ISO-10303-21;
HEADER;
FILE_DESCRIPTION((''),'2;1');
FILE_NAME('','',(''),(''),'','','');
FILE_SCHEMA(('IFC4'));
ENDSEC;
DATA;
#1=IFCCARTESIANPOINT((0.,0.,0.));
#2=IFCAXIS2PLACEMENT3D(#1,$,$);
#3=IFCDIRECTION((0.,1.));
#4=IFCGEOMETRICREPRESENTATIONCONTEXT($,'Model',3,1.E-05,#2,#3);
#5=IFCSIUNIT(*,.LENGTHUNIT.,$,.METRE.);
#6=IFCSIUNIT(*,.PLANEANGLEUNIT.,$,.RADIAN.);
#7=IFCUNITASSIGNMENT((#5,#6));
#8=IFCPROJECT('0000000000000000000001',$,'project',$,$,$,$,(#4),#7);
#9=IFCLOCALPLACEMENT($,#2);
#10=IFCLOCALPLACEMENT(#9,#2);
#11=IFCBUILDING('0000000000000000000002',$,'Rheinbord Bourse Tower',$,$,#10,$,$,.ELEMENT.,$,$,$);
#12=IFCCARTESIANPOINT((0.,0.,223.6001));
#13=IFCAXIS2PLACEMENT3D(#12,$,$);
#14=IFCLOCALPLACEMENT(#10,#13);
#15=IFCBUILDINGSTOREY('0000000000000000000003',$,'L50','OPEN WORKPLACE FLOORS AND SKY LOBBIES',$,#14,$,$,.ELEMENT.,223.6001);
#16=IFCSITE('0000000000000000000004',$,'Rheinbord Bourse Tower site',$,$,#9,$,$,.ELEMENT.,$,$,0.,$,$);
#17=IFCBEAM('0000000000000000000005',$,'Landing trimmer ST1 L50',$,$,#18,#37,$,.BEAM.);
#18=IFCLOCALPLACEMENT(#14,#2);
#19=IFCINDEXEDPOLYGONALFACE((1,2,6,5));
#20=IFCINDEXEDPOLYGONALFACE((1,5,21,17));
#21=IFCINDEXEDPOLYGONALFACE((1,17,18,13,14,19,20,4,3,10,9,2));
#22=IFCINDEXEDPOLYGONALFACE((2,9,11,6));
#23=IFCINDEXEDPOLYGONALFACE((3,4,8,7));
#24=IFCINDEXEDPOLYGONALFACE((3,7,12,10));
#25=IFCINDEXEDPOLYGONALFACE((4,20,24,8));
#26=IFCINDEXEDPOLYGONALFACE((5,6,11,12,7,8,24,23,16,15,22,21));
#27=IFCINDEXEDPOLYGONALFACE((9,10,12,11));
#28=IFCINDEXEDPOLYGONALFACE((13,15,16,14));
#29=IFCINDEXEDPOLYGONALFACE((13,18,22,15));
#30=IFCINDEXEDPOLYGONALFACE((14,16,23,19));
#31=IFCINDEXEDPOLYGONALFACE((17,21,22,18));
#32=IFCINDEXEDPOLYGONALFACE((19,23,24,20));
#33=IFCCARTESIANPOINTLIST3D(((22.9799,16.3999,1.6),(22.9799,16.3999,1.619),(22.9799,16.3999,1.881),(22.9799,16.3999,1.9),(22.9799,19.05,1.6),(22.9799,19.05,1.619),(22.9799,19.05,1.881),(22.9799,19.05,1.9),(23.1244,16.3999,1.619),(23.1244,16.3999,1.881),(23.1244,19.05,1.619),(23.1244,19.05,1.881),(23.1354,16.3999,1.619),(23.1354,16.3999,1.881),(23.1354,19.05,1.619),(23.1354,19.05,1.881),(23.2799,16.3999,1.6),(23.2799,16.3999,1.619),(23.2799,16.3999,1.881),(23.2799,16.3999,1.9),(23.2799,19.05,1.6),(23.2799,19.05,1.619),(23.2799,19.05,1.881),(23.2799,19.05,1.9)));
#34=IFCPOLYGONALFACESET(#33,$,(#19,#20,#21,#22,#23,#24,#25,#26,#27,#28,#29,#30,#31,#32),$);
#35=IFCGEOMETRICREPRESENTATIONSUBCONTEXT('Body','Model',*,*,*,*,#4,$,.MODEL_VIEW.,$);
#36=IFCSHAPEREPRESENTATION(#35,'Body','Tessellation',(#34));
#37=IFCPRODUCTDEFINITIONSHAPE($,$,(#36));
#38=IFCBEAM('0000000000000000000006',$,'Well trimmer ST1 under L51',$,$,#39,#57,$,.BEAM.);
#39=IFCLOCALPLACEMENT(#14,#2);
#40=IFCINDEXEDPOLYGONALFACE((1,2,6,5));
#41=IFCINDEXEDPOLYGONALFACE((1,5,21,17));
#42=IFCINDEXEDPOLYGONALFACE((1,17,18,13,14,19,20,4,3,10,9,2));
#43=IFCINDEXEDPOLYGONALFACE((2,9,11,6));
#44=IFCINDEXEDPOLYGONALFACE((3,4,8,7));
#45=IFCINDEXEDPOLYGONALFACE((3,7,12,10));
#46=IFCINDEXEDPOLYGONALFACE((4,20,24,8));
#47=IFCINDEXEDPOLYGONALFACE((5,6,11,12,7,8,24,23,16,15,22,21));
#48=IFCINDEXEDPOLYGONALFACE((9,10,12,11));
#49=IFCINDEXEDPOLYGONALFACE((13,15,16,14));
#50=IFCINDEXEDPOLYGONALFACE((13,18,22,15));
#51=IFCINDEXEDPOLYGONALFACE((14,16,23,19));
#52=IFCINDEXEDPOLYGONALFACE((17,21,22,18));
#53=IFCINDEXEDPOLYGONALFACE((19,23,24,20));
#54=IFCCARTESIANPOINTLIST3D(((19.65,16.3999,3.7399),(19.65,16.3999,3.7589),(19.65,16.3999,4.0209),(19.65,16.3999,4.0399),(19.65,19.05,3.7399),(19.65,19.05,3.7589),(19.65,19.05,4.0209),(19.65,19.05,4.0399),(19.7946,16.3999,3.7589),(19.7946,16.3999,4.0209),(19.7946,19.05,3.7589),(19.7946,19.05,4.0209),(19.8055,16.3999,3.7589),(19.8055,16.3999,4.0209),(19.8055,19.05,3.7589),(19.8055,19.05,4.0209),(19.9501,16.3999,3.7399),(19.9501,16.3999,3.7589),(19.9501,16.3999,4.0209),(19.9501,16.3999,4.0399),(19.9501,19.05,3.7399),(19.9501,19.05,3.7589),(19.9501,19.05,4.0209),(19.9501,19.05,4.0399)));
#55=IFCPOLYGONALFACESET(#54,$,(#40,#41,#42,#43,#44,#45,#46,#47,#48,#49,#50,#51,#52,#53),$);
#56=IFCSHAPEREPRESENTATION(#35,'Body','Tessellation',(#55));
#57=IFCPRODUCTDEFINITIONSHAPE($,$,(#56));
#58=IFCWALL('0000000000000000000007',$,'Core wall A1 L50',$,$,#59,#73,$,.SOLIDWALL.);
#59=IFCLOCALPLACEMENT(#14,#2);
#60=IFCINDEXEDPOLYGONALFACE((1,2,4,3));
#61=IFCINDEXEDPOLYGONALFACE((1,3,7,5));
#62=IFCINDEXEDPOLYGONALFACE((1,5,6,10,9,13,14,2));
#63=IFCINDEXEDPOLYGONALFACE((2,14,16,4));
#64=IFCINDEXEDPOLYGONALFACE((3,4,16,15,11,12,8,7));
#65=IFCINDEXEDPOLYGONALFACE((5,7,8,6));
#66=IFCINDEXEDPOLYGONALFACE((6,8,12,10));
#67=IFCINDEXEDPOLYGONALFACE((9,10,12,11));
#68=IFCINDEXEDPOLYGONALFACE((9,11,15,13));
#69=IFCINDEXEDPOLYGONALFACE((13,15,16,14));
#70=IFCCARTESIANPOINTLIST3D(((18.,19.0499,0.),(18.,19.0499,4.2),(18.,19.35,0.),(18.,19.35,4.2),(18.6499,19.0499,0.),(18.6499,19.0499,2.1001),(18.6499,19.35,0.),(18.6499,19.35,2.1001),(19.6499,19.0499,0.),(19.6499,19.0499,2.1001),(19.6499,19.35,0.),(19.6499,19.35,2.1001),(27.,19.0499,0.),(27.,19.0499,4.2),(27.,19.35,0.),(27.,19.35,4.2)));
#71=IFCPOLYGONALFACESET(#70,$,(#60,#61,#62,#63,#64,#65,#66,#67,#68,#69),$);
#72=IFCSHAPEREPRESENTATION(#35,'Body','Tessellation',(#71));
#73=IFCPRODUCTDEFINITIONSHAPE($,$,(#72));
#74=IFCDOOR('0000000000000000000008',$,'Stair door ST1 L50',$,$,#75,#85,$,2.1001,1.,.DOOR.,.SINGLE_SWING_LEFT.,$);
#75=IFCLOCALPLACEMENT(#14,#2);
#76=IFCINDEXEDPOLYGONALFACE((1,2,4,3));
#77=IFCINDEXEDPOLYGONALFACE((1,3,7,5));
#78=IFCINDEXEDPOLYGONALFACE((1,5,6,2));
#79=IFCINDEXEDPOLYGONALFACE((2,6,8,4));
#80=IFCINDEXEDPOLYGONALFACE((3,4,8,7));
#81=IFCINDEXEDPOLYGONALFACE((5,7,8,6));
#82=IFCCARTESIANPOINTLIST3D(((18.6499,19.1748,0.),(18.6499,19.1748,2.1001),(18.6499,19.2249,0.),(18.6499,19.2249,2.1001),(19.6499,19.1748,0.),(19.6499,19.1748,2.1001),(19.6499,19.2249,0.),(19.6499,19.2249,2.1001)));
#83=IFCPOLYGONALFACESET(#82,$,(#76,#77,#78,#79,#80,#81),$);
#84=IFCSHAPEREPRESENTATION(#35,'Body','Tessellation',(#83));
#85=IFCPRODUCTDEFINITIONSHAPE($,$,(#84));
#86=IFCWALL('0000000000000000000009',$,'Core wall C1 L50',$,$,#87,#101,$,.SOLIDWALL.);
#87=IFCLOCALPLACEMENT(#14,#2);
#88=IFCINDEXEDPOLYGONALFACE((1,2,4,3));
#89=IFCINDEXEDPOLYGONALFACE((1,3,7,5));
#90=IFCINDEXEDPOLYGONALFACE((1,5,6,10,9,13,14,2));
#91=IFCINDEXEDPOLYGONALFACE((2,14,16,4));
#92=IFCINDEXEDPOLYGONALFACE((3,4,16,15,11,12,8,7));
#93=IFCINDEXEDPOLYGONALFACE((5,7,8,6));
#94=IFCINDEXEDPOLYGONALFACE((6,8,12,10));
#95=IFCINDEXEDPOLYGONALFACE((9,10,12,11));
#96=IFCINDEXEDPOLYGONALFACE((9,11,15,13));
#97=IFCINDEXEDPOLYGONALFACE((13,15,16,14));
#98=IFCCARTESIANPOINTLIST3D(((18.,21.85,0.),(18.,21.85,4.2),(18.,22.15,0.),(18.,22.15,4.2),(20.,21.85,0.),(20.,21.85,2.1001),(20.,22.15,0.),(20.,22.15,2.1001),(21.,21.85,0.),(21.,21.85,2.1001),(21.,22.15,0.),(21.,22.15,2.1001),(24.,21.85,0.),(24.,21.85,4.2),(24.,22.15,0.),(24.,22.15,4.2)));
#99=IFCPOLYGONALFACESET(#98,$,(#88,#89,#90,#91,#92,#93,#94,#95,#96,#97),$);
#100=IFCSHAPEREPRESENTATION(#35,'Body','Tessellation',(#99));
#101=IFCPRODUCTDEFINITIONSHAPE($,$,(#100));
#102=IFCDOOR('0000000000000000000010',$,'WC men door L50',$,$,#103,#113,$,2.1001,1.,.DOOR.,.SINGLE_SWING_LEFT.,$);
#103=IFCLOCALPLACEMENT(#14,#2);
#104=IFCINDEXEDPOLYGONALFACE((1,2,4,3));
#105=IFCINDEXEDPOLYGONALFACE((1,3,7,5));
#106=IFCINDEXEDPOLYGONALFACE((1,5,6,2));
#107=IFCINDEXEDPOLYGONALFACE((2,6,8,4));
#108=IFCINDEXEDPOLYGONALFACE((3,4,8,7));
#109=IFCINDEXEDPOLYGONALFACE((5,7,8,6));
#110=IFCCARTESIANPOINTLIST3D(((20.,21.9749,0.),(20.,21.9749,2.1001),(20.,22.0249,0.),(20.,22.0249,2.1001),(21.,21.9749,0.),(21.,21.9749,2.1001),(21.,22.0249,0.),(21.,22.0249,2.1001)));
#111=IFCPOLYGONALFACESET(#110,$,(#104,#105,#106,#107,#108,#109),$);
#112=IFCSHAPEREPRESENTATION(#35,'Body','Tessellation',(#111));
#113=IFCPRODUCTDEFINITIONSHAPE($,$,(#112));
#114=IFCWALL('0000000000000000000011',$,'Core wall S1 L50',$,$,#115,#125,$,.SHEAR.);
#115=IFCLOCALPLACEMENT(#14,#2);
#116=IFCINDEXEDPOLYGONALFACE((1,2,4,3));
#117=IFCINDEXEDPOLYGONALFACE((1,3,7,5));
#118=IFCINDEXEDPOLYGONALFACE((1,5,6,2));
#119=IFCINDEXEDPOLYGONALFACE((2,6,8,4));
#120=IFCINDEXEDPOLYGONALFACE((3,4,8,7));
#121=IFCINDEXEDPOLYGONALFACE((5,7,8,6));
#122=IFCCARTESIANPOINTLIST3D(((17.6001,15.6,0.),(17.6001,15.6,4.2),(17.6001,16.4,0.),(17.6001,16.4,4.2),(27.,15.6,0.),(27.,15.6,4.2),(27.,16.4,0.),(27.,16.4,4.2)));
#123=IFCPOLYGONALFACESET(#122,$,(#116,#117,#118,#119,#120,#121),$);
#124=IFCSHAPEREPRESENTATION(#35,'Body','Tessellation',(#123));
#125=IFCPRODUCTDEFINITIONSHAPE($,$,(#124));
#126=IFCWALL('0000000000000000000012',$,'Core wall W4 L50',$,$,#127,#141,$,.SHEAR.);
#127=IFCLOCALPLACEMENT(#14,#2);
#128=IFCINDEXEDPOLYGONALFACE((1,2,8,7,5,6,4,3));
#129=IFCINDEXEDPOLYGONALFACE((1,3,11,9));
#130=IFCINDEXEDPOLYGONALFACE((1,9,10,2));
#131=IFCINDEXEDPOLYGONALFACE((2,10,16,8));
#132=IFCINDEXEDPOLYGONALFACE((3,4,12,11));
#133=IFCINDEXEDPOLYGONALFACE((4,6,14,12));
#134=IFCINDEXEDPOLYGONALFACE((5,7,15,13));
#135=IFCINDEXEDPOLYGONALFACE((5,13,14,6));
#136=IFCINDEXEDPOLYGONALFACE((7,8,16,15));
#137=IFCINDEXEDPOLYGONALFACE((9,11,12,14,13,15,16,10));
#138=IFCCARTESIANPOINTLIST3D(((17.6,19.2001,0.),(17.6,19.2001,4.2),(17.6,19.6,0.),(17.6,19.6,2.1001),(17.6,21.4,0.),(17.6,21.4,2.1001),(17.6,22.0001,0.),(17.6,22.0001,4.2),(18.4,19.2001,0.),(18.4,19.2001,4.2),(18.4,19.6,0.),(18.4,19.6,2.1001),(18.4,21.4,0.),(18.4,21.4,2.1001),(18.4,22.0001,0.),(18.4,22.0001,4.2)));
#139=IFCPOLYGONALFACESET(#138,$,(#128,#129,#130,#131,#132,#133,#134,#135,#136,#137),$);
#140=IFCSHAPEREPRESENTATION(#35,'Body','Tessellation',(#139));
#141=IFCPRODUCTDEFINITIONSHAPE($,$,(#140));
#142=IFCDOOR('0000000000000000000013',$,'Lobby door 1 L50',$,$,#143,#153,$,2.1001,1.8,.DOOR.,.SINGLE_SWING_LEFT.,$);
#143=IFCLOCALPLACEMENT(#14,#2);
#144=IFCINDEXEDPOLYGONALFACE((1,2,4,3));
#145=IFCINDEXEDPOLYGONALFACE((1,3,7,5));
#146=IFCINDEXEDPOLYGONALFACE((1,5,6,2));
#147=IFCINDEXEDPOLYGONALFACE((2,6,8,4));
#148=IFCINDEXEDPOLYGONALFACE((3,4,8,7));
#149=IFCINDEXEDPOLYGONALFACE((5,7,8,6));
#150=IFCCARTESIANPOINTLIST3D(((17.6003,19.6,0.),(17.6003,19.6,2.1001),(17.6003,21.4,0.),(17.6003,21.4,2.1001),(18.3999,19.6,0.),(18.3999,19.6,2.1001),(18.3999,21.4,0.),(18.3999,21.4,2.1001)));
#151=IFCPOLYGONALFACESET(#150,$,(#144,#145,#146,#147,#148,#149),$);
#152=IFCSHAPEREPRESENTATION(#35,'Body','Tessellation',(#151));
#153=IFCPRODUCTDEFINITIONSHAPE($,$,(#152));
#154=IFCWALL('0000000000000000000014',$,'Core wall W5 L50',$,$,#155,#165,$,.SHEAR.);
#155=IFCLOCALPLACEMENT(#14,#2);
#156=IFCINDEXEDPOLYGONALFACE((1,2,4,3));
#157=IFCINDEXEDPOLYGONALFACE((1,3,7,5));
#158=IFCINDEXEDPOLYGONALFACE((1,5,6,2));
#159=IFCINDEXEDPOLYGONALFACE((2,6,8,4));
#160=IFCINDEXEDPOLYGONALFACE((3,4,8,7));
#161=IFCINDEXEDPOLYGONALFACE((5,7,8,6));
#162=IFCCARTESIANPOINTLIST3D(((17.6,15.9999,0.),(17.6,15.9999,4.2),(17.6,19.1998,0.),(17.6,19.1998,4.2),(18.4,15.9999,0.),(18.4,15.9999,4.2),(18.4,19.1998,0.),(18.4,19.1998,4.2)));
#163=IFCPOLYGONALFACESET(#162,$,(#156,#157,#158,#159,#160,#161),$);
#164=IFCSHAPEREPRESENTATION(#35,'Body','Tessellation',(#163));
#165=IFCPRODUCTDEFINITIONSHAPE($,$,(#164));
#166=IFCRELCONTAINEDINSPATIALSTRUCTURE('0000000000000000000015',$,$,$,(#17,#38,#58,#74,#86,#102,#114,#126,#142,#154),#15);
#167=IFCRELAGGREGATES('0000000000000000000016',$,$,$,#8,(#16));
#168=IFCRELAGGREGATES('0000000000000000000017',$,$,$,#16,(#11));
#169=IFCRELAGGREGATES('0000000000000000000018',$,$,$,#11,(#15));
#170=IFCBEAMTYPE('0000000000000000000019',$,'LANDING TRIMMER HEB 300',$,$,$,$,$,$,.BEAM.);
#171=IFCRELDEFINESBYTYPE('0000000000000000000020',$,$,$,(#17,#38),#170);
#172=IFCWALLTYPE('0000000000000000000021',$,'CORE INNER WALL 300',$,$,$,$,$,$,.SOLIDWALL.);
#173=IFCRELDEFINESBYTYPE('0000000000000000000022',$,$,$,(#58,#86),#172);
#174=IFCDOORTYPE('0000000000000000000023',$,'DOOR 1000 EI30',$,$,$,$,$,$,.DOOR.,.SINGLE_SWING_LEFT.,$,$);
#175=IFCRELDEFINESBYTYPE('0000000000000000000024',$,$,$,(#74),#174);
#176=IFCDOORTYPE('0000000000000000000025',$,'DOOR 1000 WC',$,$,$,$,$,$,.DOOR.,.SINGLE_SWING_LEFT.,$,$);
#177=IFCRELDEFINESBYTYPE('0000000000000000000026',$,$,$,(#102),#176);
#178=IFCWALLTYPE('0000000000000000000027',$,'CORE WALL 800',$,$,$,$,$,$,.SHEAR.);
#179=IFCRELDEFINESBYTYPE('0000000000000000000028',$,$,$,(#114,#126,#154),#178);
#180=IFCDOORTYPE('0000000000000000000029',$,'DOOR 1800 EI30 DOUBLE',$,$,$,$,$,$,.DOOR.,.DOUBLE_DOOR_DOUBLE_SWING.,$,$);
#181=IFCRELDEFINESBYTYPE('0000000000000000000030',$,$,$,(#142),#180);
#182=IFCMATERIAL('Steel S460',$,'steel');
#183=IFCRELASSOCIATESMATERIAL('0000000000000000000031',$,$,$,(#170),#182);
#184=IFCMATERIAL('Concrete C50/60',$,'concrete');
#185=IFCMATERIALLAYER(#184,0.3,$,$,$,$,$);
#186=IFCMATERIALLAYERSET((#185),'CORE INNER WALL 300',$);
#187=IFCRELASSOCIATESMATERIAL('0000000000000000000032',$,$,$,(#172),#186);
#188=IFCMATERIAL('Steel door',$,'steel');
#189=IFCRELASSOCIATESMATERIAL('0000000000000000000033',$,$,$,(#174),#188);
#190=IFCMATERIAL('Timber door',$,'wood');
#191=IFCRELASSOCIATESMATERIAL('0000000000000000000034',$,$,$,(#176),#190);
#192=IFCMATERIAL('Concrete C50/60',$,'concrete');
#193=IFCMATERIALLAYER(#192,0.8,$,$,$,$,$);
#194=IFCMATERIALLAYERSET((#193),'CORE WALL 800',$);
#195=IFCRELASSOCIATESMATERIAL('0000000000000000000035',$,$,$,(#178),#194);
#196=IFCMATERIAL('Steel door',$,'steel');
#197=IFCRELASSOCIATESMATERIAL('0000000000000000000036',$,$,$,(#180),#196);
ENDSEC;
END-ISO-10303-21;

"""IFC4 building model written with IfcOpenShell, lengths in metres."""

from ifc_helpers import new_model, si_unit, direction, frame, frame_2d, origin, origin_2d, place, context, subcontext, project, spatial, rectangle, i_section, extrude, material, layer, layer_set, material_profile, profile_set, type_object, element, fill, save


model = new_model("IFC4")

# Units and contexts
model_context = context("Model", 3, precision=1e-05, world=origin(), true_north=direction((0.0, 1.0)))
body_context = subcontext(model_context, "Body", "Model", "MODEL_VIEW")
ifc_project = project(units=[si_unit("LENGTHUNIT", "METRE"), si_unit("PLANEANGLEUNIT", "RADIAN")], contexts=[model_context])

# Site, building, storey
site_placement = place(None, origin())
site = spatial("IfcSite", under=ifc_project, at=site_placement, Name="Rheinbord Bourse Tower site", CompositionType="ELEMENT", RefElevation=0.0)
building_placement = place(site_placement, origin())
building = spatial("IfcBuilding", under=site, at=building_placement, Name="Rheinbord Bourse Tower", CompositionType="ELEMENT")
storey_placement = place(building_placement, frame((0.0, 0.0, 223.6001)))
storey = spatial("IfcBuildingStorey", under=building, at=storey_placement, Name="L50", Description="OPEN WORKPLACE FLOORS AND SKY LOBBIES", CompositionType="ELEMENT", Elevation=223.6001)

# Beams
ifc_material_1 = material(Name="Steel S460", Category="steel")
ifc_material_profile = material_profile(ifc_material_1, i_section(OverallWidth=0.3, OverallDepth=0.3, WebThickness=0.011, FlangeThickness=0.019, at=origin_2d()), Name="HEB 300")
ifc_profile_set = profile_set([ifc_material_profile], Name="Steel S460")
beam_type = type_object("IfcBeamType", Name="LANDING TRIMMER HEB 300", PredefinedType="BEAM", material=ifc_profile_set)
for number, where, z_axis, x_axis, name in (
    (1, (23.1299, 16.3999, 1.75), (0.0, 1.0, 0.0), (-1.0, 0.0, 0.0), "Landing trimmer ST1 L50"),
    (2, (19.8, 16.3999, 3.8899), (0.0, 1.0, 0.0), (-1.0, 0.0, 0.0), "Well trimmer ST1 under L51"),
):
    element("IfcBeam", number, at=place(storey_placement, frame(where, z_axis=z_axis, x_axis=x_axis)), inside=storey, type_object=beam_type, Name=name, PredefinedType="BEAM", context=body_context, shape_type="SweptSolid", body=[
        extrude(i_section(OverallWidth=0.3, OverallDepth=0.3, WebThickness=0.011, FlangeThickness=0.019, at=origin_2d()), origin(), (0.0, 0.0, 1.0), 2.6501),
    ])

# Walls, openings, doors
ifc_material_2 = material(Name="Concrete C50/60", Category="concrete")
ifc_layer_1 = layer(ifc_material_2, 0.3)
ifc_layer_set_1 = layer_set([ifc_layer_1], Name="CORE INNER WALL 300")
wall_type_1 = type_object("IfcWallType", Name="CORE INNER WALL 300", PredefinedType="SOLIDWALL", material=ifc_layer_set_1)
wall_1_placement = place(storey_placement, frame((18.0, 19.2, 0.0), z_axis=(0.0, 0.0, 1.0), x_axis=(1.0, 0.0, 0.0)))
wall_1 = element("IfcWall", 3, at=wall_1_placement, inside=storey, type_object=wall_type_1, Name="Core wall A1 L50", PredefinedType="SOLIDWALL", context=body_context, shape_type="SweptSolid", body=[
    extrude(rectangle(XDim=9.0, YDim=0.3, at=frame_2d((4.5, 0.0))), origin(), (0.0, 0.0, 1.0), 4.2),
])
opening_1_placement = place(wall_1_placement, frame((0.6499, 0.0, 0.0)))
opening_1 = element("IfcOpeningElement", 4, at=opening_1_placement, cuts=wall_1, PredefinedType="OPENING", context=body_context, shape_type="SweptSolid", body=[
    extrude(rectangle(XDim=1.0, YDim=2.1001, at=frame_2d((0.5, 1.05))), frame((0.0, 0.1599, 0.0), z_axis=(0.0, -1.0, 0.0), x_axis=(1.0, 0.0, 0.0)), (0.0, 0.0, 1.0), 0.3201),
])
ifc_material_3 = material(Name="Steel door", Category="steel")
door_type_1 = type_object("IfcDoorType", Name="DOOR 1000 EI30", OperationType="SINGLE_SWING_LEFT", PredefinedType="DOOR", material=ifc_material_3)
door_1_placement = place(opening_1_placement, origin())
door_1 = element("IfcDoor", 5, at=door_1_placement, inside=storey, type_object=door_type_1, Name="Stair door ST1 L50", OperationType="SINGLE_SWING_LEFT", OverallHeight=2.1001, OverallWidth=1.0, PredefinedType="DOOR", context=body_context, shape_type="SweptSolid", body=[
    extrude(rectangle(XDim=1.0, YDim=2.1001, at=frame_2d((0.5, 1.05))), frame((0.0, 0.0249, 0.0), z_axis=(0.0, -1.0, 0.0), x_axis=(1.0, 0.0, 0.0)), (0.0, 0.0, 1.0), 0.05),
])
fill(opening_1, door_1)
wall_2_placement = place(storey_placement, frame((18.0, 22.0, 0.0), z_axis=(0.0, 0.0, 1.0), x_axis=(1.0, 0.0, 0.0)))
wall_2 = element("IfcWall", 6, at=wall_2_placement, inside=storey, type_object=wall_type_1, Name="Core wall C1 L50", PredefinedType="SOLIDWALL", context=body_context, shape_type="SweptSolid", body=[
    extrude(rectangle(XDim=6.0, YDim=0.3, at=frame_2d((3.0, 0.0))), origin(), (0.0, 0.0, 1.0), 4.2),
])
opening_2_placement = place(wall_2_placement, frame((2.0, 0.0, 0.0)))
opening_2 = element("IfcOpeningElement", 7, at=opening_2_placement, cuts=wall_2, PredefinedType="OPENING", context=body_context, shape_type="SweptSolid", body=[
    extrude(rectangle(XDim=1.0, YDim=2.1001, at=frame_2d((0.5, 1.05))), frame((0.0, 0.1599, 0.0), z_axis=(0.0, -1.0, 0.0), x_axis=(1.0, 0.0, 0.0)), (0.0, 0.0, 1.0), 0.3201),
])
ifc_material_4 = material(Name="Timber door", Category="wood")
door_type_2 = type_object("IfcDoorType", Name="DOOR 1000 WC", OperationType="SINGLE_SWING_LEFT", PredefinedType="DOOR", material=ifc_material_4)
door_2_placement = place(opening_2_placement, origin())
door_2 = element("IfcDoor", 8, at=door_2_placement, inside=storey, type_object=door_type_2, Name="WC men door L50", OperationType="SINGLE_SWING_LEFT", OverallHeight=2.1001, OverallWidth=1.0, PredefinedType="DOOR", context=body_context, shape_type="SweptSolid", body=[
    extrude(rectangle(XDim=1.0, YDim=2.1001, at=frame_2d((0.5, 1.05))), frame((0.0, 0.0249, 0.0), z_axis=(0.0, -1.0, 0.0), x_axis=(1.0, 0.0, 0.0)), (0.0, 0.0, 1.0), 0.05),
])
fill(opening_2, door_2)

# Wall
ifc_material_5 = material(Name="Concrete C50/60", Category="concrete")
ifc_layer_2 = layer(ifc_material_5, 0.8)
ifc_layer_set_2 = layer_set([ifc_layer_2], Name="CORE WALL 800")
wall_type_2 = type_object("IfcWallType", Name="CORE WALL 800", PredefinedType="SHEAR", material=ifc_layer_set_2)
wall_3_placement = place(storey_placement, frame((17.6001, 16.0, 0.0), z_axis=(0.0, 0.0, 1.0), x_axis=(1.0, 0.0, 0.0)))
element("IfcWall", 9, at=wall_3_placement, inside=storey, type_object=wall_type_2, Name="Core wall S1 L50", PredefinedType="SHEAR", context=body_context, shape_type="SweptSolid", body=[
    extrude(rectangle(XDim=9.3999, YDim=0.8, at=frame_2d((4.7, 0.0))), origin(), (0.0, 0.0, 1.0), 4.2),
])

# Wall, opening, door
wall_4_placement = place(storey_placement, frame((18.0, 22.0, 0.0), z_axis=(0.0, 0.0, 1.0), x_axis=(0.0, -1.0, 0.0)))
wall_4 = element("IfcWall", 10, at=wall_4_placement, inside=storey, type_object=wall_type_2, Name="Core wall W4 L50", PredefinedType="SHEAR", context=body_context, shape_type="SweptSolid", body=[
    extrude(rectangle(XDim=2.8, YDim=0.8, at=frame_2d((1.3999, 0.0))), origin(), (0.0, 0.0, 1.0), 4.2),
])
opening_3_placement = place(wall_4_placement, frame((0.6001, 0.0, 0.0)))
opening_3 = element("IfcOpeningElement", 11, at=opening_3_placement, cuts=wall_4, PredefinedType="OPENING", context=body_context, shape_type="SweptSolid", body=[
    extrude(rectangle(XDim=1.8, YDim=2.1001, at=frame_2d((0.8999, 1.05))), frame((0.0, 0.4099, 0.0), z_axis=(0.0, -1.0, 0.0), x_axis=(1.0, 0.0, 0.0)), (0.0, 0.0, 1.0), 0.8201),
])
ifc_material_6 = material(Name="Steel door", Category="steel")
door_type_3 = type_object("IfcDoorType", Name="DOOR 1800 EI30 DOUBLE", OperationType="DOUBLE_DOOR_DOUBLE_SWING", PredefinedType="DOOR", material=ifc_material_6)
door_3_placement = place(opening_3_placement, origin())
door_3 = element("IfcDoor", 12, at=door_3_placement, inside=storey, type_object=door_type_3, Name="Lobby door 1 L50", OperationType="SINGLE_SWING_LEFT", OverallHeight=2.1001, OverallWidth=1.8, PredefinedType="DOOR", context=body_context, shape_type="SweptSolid", body=[
    extrude(rectangle(XDim=1.8, YDim=2.1001, at=frame_2d((0.8999, 1.05))), frame((0.0, 0.3999, 0.0), z_axis=(0.0, -1.0, 0.0), x_axis=(1.0, 0.0, 0.0)), (0.0, 0.0, 1.0), 0.7996),
])
fill(opening_3, door_3)

# Wall
wall_5_placement = place(storey_placement, frame((18.0, 19.2, 0.0), z_axis=(0.0, 0.0, 1.0), x_axis=(0.0, -1.0, 0.0)))
element("IfcWall", 13, at=wall_5_placement, inside=storey, type_object=wall_type_2, Name="Core wall W5 L50", PredefinedType="SHEAR", context=body_context, shape_type="SweptSolid", body=[
    extrude(rectangle(XDim=3.2, YDim=0.8, at=frame_2d((1.6001, 0.0))), origin(), (0.0, 0.0, 1.0), 4.2),
])

save(model, "model.ifc")
